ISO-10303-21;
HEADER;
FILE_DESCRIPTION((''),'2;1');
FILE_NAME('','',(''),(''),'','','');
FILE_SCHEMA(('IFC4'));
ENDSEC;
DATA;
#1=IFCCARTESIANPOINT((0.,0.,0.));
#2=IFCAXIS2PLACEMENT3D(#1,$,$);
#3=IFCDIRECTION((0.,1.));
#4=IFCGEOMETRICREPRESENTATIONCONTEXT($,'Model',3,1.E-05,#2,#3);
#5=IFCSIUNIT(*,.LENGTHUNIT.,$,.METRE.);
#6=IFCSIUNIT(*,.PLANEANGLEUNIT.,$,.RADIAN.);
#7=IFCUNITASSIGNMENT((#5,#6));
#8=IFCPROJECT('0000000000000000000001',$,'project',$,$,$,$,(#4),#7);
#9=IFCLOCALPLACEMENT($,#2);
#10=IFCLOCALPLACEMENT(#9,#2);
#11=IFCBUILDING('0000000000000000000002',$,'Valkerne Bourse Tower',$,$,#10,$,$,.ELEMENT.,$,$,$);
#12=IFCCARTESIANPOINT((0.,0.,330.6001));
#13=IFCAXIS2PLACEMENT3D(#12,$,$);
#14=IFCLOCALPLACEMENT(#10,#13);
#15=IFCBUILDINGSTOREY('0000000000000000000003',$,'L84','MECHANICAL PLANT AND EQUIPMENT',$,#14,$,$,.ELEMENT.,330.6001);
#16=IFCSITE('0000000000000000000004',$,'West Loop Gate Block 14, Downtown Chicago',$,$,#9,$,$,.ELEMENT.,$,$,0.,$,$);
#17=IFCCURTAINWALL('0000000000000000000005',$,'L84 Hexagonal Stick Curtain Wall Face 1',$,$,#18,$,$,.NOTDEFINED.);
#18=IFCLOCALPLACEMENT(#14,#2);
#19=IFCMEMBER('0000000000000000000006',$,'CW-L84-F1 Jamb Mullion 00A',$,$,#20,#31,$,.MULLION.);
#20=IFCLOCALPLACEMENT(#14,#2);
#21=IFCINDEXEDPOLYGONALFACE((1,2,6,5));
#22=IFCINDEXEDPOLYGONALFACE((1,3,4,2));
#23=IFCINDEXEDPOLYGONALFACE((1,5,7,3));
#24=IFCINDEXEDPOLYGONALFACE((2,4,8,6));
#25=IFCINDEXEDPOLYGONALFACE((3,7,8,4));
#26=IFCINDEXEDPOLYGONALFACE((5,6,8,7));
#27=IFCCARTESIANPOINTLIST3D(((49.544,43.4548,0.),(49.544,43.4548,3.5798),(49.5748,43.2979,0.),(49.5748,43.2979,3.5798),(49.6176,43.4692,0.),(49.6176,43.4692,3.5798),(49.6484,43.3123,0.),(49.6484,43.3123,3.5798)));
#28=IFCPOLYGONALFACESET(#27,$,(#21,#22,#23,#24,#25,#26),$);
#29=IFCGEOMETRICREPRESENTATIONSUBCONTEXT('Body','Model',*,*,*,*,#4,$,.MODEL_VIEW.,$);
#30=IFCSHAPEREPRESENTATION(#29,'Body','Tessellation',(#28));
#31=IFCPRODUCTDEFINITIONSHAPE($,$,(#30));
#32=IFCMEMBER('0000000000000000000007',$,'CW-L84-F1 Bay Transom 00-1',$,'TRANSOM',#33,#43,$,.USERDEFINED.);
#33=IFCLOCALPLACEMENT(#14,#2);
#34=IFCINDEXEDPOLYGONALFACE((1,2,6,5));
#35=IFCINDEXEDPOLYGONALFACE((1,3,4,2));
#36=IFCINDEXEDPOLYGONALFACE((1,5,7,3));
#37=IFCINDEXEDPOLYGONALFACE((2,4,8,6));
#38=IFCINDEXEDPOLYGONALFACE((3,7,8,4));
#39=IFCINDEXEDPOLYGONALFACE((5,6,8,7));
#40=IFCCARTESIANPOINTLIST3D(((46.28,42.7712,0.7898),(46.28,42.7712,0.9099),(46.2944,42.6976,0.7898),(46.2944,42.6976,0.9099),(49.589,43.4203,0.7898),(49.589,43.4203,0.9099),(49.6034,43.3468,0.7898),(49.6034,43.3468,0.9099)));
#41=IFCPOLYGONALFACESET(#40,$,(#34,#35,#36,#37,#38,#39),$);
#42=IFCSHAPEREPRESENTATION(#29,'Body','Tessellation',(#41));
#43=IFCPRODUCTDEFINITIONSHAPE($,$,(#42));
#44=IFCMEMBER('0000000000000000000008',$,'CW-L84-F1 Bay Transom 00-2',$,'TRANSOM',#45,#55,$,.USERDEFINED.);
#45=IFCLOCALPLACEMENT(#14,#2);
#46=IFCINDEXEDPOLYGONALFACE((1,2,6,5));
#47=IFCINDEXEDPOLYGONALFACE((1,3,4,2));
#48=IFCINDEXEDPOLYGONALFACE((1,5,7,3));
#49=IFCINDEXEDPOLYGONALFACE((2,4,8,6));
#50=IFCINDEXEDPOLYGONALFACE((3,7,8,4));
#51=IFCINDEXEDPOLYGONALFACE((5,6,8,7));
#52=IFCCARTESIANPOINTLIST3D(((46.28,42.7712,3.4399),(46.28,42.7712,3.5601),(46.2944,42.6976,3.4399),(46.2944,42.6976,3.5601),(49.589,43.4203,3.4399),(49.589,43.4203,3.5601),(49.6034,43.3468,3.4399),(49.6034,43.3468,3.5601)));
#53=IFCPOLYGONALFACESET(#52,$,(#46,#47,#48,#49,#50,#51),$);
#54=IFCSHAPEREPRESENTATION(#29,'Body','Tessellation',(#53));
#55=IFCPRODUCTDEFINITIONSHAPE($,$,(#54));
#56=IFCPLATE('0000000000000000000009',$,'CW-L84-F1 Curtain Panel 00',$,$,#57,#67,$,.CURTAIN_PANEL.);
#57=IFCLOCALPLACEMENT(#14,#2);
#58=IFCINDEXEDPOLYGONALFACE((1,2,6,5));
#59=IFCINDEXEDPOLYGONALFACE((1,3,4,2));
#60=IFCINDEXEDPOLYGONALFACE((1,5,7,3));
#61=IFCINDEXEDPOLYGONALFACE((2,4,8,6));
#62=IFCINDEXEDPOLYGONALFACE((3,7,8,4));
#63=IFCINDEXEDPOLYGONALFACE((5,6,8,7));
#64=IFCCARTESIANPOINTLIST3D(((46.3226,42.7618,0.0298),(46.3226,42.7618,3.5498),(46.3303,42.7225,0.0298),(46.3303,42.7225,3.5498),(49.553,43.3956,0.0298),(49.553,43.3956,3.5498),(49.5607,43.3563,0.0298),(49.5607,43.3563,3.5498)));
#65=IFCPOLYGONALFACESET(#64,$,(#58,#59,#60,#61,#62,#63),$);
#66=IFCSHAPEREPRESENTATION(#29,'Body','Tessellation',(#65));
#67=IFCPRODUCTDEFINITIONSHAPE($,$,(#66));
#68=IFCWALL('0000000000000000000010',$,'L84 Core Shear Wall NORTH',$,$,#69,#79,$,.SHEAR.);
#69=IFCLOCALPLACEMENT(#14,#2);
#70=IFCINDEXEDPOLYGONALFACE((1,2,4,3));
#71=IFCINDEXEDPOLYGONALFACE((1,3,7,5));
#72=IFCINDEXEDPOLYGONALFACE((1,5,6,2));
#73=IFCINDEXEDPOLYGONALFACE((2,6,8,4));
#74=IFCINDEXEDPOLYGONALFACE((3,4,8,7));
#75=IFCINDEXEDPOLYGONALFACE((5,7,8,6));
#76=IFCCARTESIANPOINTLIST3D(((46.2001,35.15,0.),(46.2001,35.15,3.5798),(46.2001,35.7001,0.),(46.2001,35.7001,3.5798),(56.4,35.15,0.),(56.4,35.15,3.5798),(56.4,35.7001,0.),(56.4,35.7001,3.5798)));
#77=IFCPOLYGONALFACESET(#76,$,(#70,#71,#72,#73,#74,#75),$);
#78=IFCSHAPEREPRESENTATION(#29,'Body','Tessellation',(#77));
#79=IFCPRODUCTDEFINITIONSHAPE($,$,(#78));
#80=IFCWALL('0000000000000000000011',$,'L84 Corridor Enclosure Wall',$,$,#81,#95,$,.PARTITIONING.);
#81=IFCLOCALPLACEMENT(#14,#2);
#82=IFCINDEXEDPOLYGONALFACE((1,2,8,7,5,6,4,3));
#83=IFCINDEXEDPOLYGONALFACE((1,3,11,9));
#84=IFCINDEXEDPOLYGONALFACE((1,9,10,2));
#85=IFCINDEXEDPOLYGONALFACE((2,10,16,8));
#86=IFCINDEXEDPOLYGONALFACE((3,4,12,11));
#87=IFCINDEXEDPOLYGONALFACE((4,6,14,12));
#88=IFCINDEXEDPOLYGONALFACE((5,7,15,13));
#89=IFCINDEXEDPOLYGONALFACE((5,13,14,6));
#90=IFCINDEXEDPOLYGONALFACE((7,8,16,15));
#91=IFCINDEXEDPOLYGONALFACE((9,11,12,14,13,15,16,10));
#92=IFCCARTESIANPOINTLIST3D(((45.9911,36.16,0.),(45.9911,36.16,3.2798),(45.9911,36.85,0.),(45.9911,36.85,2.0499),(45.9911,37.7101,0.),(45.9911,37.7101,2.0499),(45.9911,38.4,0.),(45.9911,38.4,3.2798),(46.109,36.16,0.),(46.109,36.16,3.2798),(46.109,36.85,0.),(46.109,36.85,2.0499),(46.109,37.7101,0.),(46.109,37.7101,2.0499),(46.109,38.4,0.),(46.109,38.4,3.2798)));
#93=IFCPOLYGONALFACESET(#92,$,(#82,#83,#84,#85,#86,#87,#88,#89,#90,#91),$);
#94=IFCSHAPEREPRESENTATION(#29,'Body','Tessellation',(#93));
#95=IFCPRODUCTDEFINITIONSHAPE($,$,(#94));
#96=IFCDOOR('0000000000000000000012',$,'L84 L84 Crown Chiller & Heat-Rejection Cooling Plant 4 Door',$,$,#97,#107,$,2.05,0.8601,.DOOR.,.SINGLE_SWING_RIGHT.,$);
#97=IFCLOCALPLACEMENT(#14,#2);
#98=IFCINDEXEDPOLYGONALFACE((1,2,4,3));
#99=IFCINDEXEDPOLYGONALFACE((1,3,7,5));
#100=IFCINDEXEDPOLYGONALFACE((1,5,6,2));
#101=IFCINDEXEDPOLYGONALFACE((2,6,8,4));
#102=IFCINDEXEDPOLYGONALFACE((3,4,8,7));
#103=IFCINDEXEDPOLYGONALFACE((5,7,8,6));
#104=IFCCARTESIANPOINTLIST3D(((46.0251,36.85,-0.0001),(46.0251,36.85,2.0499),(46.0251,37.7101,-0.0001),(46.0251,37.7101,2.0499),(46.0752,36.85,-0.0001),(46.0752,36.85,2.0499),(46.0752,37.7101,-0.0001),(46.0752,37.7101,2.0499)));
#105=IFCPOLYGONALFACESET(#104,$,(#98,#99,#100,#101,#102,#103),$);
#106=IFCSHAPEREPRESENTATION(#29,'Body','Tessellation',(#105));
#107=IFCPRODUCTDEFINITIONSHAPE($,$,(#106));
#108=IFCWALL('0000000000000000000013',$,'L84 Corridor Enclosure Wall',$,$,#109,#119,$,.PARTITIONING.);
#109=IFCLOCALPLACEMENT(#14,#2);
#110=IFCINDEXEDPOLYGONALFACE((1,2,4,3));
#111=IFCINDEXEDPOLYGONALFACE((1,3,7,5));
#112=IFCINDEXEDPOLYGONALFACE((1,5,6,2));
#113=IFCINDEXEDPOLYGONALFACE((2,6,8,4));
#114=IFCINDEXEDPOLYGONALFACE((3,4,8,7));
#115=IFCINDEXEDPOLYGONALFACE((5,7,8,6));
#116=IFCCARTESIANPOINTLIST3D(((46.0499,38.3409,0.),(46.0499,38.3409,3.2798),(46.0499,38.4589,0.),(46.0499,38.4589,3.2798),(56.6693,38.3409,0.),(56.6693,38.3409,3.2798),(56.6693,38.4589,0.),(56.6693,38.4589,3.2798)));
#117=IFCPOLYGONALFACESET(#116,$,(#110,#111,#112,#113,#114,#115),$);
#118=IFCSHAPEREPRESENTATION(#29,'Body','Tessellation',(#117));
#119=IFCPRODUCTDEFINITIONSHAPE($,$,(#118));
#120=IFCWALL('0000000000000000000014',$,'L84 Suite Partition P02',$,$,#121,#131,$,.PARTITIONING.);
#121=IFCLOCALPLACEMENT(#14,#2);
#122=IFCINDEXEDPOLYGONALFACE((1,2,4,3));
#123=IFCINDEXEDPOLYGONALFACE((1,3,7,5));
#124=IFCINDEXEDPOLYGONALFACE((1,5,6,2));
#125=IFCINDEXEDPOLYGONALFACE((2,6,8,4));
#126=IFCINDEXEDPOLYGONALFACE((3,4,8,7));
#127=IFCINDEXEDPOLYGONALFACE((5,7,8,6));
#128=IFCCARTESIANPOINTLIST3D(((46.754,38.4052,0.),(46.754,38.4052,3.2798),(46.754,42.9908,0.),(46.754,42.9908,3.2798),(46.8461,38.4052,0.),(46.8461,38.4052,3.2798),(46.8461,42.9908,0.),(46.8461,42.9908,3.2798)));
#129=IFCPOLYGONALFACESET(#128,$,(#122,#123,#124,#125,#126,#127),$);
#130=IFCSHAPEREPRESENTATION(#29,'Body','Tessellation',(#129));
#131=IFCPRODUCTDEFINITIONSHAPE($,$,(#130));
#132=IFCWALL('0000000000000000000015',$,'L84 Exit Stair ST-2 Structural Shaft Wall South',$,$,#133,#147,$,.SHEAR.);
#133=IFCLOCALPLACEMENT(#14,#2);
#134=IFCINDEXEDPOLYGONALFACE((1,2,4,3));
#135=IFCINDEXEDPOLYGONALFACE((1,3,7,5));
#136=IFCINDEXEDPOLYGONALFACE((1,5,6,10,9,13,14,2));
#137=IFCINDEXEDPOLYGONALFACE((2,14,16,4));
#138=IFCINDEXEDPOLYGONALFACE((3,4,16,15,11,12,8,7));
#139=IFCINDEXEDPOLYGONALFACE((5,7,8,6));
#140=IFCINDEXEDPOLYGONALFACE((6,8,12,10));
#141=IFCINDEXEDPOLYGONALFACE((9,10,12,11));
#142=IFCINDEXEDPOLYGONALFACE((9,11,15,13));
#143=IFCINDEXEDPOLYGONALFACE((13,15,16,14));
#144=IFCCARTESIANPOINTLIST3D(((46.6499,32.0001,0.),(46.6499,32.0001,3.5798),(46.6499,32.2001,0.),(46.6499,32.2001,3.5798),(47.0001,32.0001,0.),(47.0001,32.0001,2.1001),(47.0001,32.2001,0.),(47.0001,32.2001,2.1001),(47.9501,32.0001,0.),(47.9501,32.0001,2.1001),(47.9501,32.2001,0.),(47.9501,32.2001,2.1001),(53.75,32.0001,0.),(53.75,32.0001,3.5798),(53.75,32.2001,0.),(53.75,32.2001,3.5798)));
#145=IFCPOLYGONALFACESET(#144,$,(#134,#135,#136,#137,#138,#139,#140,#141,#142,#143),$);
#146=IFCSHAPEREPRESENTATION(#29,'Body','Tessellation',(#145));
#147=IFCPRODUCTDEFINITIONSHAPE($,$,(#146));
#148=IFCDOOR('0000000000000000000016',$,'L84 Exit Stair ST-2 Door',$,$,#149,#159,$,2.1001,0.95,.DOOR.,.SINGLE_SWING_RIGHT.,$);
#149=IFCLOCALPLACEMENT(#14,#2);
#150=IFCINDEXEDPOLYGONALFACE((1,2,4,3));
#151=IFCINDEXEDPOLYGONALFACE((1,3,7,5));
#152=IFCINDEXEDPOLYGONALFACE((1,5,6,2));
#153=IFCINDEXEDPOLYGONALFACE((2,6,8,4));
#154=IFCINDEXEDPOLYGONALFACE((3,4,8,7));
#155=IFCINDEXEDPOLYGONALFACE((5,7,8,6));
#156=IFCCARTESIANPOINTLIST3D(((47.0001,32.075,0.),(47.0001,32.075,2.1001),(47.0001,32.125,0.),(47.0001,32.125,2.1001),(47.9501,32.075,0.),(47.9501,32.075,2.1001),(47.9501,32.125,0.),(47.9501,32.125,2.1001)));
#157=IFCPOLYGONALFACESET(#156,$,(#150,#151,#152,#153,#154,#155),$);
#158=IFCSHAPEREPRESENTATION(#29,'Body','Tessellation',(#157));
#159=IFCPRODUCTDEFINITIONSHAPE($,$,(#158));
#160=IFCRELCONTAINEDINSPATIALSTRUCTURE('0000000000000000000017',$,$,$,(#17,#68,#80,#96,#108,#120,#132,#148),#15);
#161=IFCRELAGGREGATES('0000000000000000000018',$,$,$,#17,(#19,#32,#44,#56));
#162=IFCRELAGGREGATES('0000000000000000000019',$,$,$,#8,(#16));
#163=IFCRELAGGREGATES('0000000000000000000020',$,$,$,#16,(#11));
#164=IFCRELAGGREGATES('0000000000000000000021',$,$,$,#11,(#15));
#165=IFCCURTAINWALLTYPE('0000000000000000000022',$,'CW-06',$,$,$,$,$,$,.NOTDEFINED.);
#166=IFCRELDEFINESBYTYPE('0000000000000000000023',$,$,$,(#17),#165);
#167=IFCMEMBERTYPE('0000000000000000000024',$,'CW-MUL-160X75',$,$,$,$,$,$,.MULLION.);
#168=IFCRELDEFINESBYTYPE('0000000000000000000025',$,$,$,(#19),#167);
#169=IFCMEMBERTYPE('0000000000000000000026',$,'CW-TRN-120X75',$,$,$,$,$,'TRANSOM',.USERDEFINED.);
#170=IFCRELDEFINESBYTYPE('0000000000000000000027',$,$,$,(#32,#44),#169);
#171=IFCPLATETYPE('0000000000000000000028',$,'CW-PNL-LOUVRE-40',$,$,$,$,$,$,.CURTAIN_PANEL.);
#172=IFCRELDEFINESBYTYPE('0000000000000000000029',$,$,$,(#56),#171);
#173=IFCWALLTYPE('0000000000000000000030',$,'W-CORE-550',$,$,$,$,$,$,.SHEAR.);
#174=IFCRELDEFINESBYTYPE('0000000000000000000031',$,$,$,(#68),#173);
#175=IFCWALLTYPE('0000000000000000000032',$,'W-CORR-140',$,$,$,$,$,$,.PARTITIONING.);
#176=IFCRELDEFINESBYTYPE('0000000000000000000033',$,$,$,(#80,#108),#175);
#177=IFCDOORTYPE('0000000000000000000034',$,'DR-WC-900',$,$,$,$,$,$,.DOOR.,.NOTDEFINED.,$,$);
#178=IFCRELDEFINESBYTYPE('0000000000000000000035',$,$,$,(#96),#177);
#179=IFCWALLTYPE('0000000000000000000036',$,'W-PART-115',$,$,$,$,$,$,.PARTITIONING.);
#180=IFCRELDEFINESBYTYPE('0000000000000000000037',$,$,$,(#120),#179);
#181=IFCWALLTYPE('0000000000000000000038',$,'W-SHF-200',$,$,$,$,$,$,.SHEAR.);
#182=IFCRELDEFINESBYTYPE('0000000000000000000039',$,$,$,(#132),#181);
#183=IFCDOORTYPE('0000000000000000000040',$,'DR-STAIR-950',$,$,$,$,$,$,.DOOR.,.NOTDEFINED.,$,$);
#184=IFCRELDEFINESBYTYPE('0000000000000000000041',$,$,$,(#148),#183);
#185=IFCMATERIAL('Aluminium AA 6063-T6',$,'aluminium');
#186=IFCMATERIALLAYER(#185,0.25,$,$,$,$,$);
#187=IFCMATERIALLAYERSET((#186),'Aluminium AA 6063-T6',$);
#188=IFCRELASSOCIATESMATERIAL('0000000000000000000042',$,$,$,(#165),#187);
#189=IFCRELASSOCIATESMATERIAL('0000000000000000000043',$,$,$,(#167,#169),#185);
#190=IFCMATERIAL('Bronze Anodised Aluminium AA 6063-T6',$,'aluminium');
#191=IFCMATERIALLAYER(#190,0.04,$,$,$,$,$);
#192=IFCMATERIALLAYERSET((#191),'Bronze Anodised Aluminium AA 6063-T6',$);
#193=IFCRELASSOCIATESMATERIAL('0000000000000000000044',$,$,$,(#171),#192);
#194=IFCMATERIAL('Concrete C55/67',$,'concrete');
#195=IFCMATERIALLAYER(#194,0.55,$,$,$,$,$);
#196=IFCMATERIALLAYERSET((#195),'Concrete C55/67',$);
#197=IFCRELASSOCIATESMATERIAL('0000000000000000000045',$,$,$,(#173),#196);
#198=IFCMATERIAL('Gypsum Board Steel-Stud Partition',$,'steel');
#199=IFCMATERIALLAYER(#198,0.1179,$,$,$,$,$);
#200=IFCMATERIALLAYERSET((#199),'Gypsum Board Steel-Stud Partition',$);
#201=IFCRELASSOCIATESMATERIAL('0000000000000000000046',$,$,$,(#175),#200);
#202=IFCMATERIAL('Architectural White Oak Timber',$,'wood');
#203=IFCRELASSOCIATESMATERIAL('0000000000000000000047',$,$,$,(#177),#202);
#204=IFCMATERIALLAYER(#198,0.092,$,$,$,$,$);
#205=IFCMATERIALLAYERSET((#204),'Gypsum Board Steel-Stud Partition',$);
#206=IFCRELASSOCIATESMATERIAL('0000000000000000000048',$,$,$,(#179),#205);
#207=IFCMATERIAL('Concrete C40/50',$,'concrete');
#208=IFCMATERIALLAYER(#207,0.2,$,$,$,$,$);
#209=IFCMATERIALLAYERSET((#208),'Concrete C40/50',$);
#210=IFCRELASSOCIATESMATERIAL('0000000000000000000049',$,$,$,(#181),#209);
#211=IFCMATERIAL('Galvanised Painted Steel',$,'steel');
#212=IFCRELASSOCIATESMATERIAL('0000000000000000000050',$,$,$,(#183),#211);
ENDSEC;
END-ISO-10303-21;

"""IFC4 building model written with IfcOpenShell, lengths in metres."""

from ifc_helpers import new_model, si_unit, direction, frame, frame_2d, origin, origin_2d, place, context, subcontext, project, spatial, rectangle, extrude, material, layer, layer_set, material_profile, profile_set, type_object, element, fill, aggregate, save


model = new_model("IFC4")

# Units and contexts
model_context = context("Model", 3, precision=1e-05, world=origin(), true_north=direction((0.0, 1.0)))
body_context = subcontext(model_context, "Body", "Model", "MODEL_VIEW")
ifc_project = project(units=[si_unit("LENGTHUNIT", "METRE"), si_unit("PLANEANGLEUNIT", "RADIAN")], contexts=[model_context])

# Site, building, storey
site_placement = place(None, origin())
site = spatial("IfcSite", under=ifc_project, at=site_placement, Name="West Loop Gate Block 14, Downtown Chicago", CompositionType="ELEMENT", RefElevation=0.0)
building_placement = place(site_placement, origin())
building = spatial("IfcBuilding", under=site, at=building_placement, Name="Valkerne Bourse Tower", CompositionType="ELEMENT")
storey_placement = place(building_placement, frame((0.0, 0.0, 330.6001)))
storey = spatial("IfcBuildingStorey", under=building, at=storey_placement, Name="L84", Description="MECHANICAL PLANT AND EQUIPMENT", CompositionType="ELEMENT", Elevation=330.6001)

# Curtain wall, members, plate
ifc_material_1 = material(Name="Aluminium AA 6063-T6", Category="aluminium")
ifc_layer_1 = layer(ifc_material_1, 0.25)
ifc_layer_set_1 = layer_set([ifc_layer_1], Name="Aluminium AA 6063-T6")
curtain_wall_type = type_object("IfcCurtainWallType", Name="CW-06", PredefinedType="NOTDEFINED", material=ifc_layer_set_1)
curtain_wall_placement = place(storey_placement, origin())
curtain_wall = element("IfcCurtainWall", 1, at=curtain_wall_placement, inside=storey, type_object=curtain_wall_type, Name="L84 Hexagonal Stick Curtain Wall Face 1", PredefinedType="NOTDEFINED")
ifc_material_profile_1 = material_profile(ifc_material_1, rectangle(XDim=0.075, YDim=0.1599, at=origin_2d()), Name="CWM-75X160")
ifc_profile_set_1 = profile_set([ifc_material_profile_1], Name="Aluminium AA 6063-T6")
member_type_1 = type_object("IfcMemberType", Name="CW-MUL-160X75", PredefinedType="MULLION", material=ifc_profile_set_1)
member_1_placement = place(storey_placement, frame((49.5962, 43.3835, 0.0), z_axis=(0.0, 0.0, 1.0), x_axis=(-0.981293, -0.192522, 0.0)))
member_1 = element("IfcMember", 2, at=member_1_placement, type_object=member_type_1, Name="CW-L84-F1 Jamb Mullion 00A", PredefinedType="MULLION", context=body_context, shape_type="SweptSolid", body=[
    extrude(rectangle(XDim=0.075, YDim=0.1599, at=origin_2d()), origin(), (0.0, 0.0, 1.0), 3.5798),
])
ifc_material_profile_2 = material_profile(ifc_material_1, rectangle(XDim=0.075, YDim=0.1201, at=origin_2d()), Name="CWT-75X120")
ifc_profile_set_2 = profile_set([ifc_material_profile_2], Name="Aluminium AA 6063-T6")
member_type_2 = type_object("IfcMemberType", Name="CW-TRN-120X75", ElementType="TRANSOM", PredefinedType="USERDEFINED", material=ifc_profile_set_2)
member_2_placement = place(storey_placement, frame((49.5962, 43.3835, 0.8499), z_axis=(-0.981295, -0.192509, 0.0), x_axis=(0.192509, -0.981295, 0.0)))
member_2 = element("IfcMember", 3, at=member_2_placement, type_object=member_type_2, Name="CW-L84-F1 Bay Transom 00-1", ObjectType="TRANSOM", PredefinedType="USERDEFINED", context=body_context, shape_type="SweptSolid", body=[
    extrude(rectangle(XDim=0.075, YDim=0.1201, at=origin_2d()), origin(), (0.0, 0.0, 1.0), 3.3721),
])
member_3_placement = place(storey_placement, frame((49.5962, 43.3835, 3.5), z_axis=(-0.981295, -0.192509, 0.0), x_axis=(0.192509, -0.981295, 0.0)))
member_3 = element("IfcMember", 4, at=member_3_placement, type_object=member_type_2, Name="CW-L84-F1 Bay Transom 00-2", ObjectType="TRANSOM", PredefinedType="USERDEFINED", context=body_context, shape_type="SweptSolid", body=[
    extrude(rectangle(XDim=0.075, YDim=0.1201, at=origin_2d()), origin(), (0.0, 0.0, 1.0), 3.3721),
])
ifc_material_2 = material(Name="Bronze Anodised Aluminium AA 6063-T6", Category="aluminium")
ifc_layer_2 = layer(ifc_material_2, 0.04)
ifc_layer_set_2 = layer_set([ifc_layer_2], Name="Bronze Anodised Aluminium AA 6063-T6")
plate_type = type_object("IfcPlateType", Name="CW-PNL-LOUVRE-40", PredefinedType="CURTAIN_PANEL", material=ifc_layer_set_2)
plate_placement = place(storey_placement, frame((47.9417, 43.0591, 0.0298), z_axis=(0.0, 0.0, 1.0), x_axis=(-0.981293, -0.192522, 0.0)))
plate = element("IfcPlate", 5, at=plate_placement, type_object=plate_type, Name="CW-L84-F1 Curtain Panel 00", PredefinedType="CURTAIN_PANEL", context=body_context, shape_type="SweptSolid", body=[
    extrude(rectangle(XDim=3.292, YDim=0.04, at=origin_2d()), origin(), (0.0, 0.0, 1.0), 3.52),
])
aggregate(curtain_wall, [member_1, member_2, member_3, plate])

# Wall
ifc_material_3 = material(Name="Concrete C55/67", Category="concrete")
ifc_layer_3 = layer(ifc_material_3, 0.55)
ifc_layer_set_3 = layer_set([ifc_layer_3], Name="Concrete C55/67")
wall_type_1 = type_object("IfcWallType", Name="W-CORE-550", PredefinedType="SHEAR", material=ifc_layer_set_3)
wall_1_placement = place(storey_placement, frame((46.2, 35.425, 0.0), z_axis=(0.0, 0.0, 1.0), x_axis=(1.0, 0.0, 0.0)))
element("IfcWall", 6, at=wall_1_placement, inside=storey, type_object=wall_type_1, Name="L84 Core Shear Wall NORTH", PredefinedType="SHEAR", context=body_context, shape_type="SweptSolid", body=[
    extrude(rectangle(XDim=10.2, YDim=0.55, at=frame_2d((5.1001, 0.0))), origin(), (0.0, 0.0, 1.0), 3.5798),
])

# Wall, opening, door
ifc_material_4 = material(Name="Gypsum Board Steel-Stud Partition", Category="steel")
ifc_layer_4 = layer(ifc_material_4, 0.1179)
ifc_layer_set_4 = layer_set([ifc_layer_4], Name="Gypsum Board Steel-Stud Partition")
wall_type_2 = type_object("IfcWallType", Name="W-CORR-140", PredefinedType="PARTITIONING", material=ifc_layer_set_4)
wall_2_placement = place(storey_placement, frame((46.05, 36.1599, 0.0), z_axis=(0.0, 0.0, 1.0), x_axis=(0.0, 1.0, 0.0)))
wall_2 = element("IfcWall", 7, at=wall_2_placement, inside=storey, type_object=wall_type_2, Name="L84 Corridor Enclosure Wall", PredefinedType="PARTITIONING", context=body_context, shape_type="SweptSolid", body=[
    extrude(rectangle(XDim=2.24, YDim=0.1179, at=frame_2d((1.1201, 0.0))), origin(), (0.0, 0.0, 1.0), 3.2798),
])
opening_1_placement = place(wall_2_placement, frame((0.6899, 0.0, 0.0)))
opening_1 = element("IfcOpeningElement", 8, at=opening_1_placement, cuts=wall_2, PredefinedType="OPENING", context=body_context, shape_type="SweptSolid", body=[
    extrude(rectangle(XDim=0.8601, YDim=2.05, at=frame_2d((0.4302, 1.0249))), frame((0.0, 0.0688, 0.0), z_axis=(0.0, -1.0, 0.0), x_axis=(1.0, 0.0, 0.0)), (0.0, 0.0, 1.0), 0.1379),
])
ifc_material_5 = material(Name="Architectural White Oak Timber", Category="wood")
door_type_1 = type_object("IfcDoorType", Name="DR-WC-900", OperationType="NOTDEFINED", PredefinedType="DOOR", material=ifc_material_5)
door_1_placement = place(opening_1_placement, origin())
door_1 = element("IfcDoor", 9, at=door_1_placement, inside=storey, type_object=door_type_1, Name="L84 L84 Crown Chiller & Heat-Rejection Cooling Plant 4 Door", OperationType="SINGLE_SWING_RIGHT", OverallHeight=2.05, OverallWidth=0.8601, PredefinedType="DOOR", context=body_context, shape_type="SweptSolid", body=[
    extrude(rectangle(XDim=0.8601, YDim=2.05, at=frame_2d((0.4302, 1.0249))), frame((0.0, 0.0249, 0.0), z_axis=(0.0, -1.0, 0.0), x_axis=(1.0, 0.0, 0.0)), (0.0, 0.0, 1.0), 0.05),
])
fill(opening_1, door_1)

# Wall
wall_3_placement = place(storey_placement, frame((46.05, 38.3999, 0.0), z_axis=(0.0, 0.0, 1.0), x_axis=(1.0, 0.0, 0.0)))
element("IfcWall", 10, at=wall_3_placement, inside=storey, type_object=wall_type_2, Name="L84 Corridor Enclosure Wall", PredefinedType="PARTITIONING", context=body_context, shape_type="SweptSolid", body=[
    extrude(rectangle(XDim=10.6194, YDim=0.1179, at=frame_2d((5.3096, 0.0))), origin(), (0.0, 0.0, 1.0), 3.2798),
])

# Wall
ifc_layer_5 = layer(ifc_material_4, 0.092)
ifc_layer_set_5 = layer_set([ifc_layer_5], Name="Gypsum Board Steel-Stud Partition")
wall_type_3 = type_object("IfcWallType", Name="W-PART-115", PredefinedType="PARTITIONING", material=ifc_layer_set_5)
wall_4_placement = place(storey_placement, frame((46.8, 38.405, 0.0), z_axis=(0.0, 0.0, 1.0), x_axis=(0.0, 1.0, 0.0)))
element("IfcWall", 11, at=wall_4_placement, inside=storey, type_object=wall_type_3, Name="L84 Suite Partition P02", PredefinedType="PARTITIONING", context=body_context, shape_type="SweptSolid", body=[
    extrude(rectangle(XDim=4.5857, YDim=0.092, at=frame_2d((2.293, 0.0))), origin(), (0.0, 0.0, 1.0), 3.2798),
])

# Wall, opening, door
ifc_material_6 = material(Name="Concrete C40/50", Category="concrete")
ifc_layer_6 = layer(ifc_material_6, 0.2)
ifc_layer_set_6 = layer_set([ifc_layer_6], Name="Concrete C40/50")
wall_type_4 = type_object("IfcWallType", Name="W-SHF-200", PredefinedType="SHEAR", material=ifc_layer_set_6)
wall_5_placement = place(storey_placement, frame((46.6499, 32.1001, 0.0), z_axis=(0.0, 0.0, 1.0), x_axis=(1.0, 0.0, 0.0)))
wall_5 = element("IfcWall", 12, at=wall_5_placement, inside=storey, type_object=wall_type_4, Name="L84 Exit Stair ST-2 Structural Shaft Wall South", PredefinedType="SHEAR", context=body_context, shape_type="SweptSolid", body=[
    extrude(rectangle(XDim=7.1001, YDim=0.2, at=frame_2d((3.55, 0.0))), origin(), (0.0, 0.0, 1.0), 3.5798),
])
opening_2_placement = place(wall_5_placement, frame((0.3501, 0.0, 0.0)))
opening_2 = element("IfcOpeningElement", 13, at=opening_2_placement, cuts=wall_5, PredefinedType="OPENING", context=body_context, shape_type="SweptSolid", body=[
    extrude(rectangle(XDim=0.95, YDim=2.1001, at=frame_2d((0.4751, 1.05))), frame((0.0, 0.1099, 0.0), z_axis=(0.0, -1.0, 0.0), x_axis=(1.0, 0.0, 0.0)), (0.0, 0.0, 1.0), 0.22),
])
ifc_material_7 = material(Name="Galvanised Painted Steel", Category="steel")
door_type_2 = type_object("IfcDoorType", Name="DR-STAIR-950", OperationType="NOTDEFINED", PredefinedType="DOOR", material=ifc_material_7)
door_2_placement = place(opening_2_placement, origin())
door_2 = element("IfcDoor", 14, at=door_2_placement, inside=storey, type_object=door_type_2, Name="L84 Exit Stair ST-2 Door", OperationType="SINGLE_SWING_RIGHT", OverallHeight=2.1001, OverallWidth=0.95, PredefinedType="DOOR", context=body_context, shape_type="SweptSolid", body=[
    extrude(rectangle(XDim=0.95, YDim=2.1001, at=frame_2d((0.4751, 1.05))), frame((0.0, 0.0249, 0.0), z_axis=(0.0, -1.0, 0.0), x_axis=(1.0, 0.0, 0.0)), (0.0, 0.0, 1.0), 0.05),
])
fill(opening_2, door_2)

save(model, "model.ifc")
